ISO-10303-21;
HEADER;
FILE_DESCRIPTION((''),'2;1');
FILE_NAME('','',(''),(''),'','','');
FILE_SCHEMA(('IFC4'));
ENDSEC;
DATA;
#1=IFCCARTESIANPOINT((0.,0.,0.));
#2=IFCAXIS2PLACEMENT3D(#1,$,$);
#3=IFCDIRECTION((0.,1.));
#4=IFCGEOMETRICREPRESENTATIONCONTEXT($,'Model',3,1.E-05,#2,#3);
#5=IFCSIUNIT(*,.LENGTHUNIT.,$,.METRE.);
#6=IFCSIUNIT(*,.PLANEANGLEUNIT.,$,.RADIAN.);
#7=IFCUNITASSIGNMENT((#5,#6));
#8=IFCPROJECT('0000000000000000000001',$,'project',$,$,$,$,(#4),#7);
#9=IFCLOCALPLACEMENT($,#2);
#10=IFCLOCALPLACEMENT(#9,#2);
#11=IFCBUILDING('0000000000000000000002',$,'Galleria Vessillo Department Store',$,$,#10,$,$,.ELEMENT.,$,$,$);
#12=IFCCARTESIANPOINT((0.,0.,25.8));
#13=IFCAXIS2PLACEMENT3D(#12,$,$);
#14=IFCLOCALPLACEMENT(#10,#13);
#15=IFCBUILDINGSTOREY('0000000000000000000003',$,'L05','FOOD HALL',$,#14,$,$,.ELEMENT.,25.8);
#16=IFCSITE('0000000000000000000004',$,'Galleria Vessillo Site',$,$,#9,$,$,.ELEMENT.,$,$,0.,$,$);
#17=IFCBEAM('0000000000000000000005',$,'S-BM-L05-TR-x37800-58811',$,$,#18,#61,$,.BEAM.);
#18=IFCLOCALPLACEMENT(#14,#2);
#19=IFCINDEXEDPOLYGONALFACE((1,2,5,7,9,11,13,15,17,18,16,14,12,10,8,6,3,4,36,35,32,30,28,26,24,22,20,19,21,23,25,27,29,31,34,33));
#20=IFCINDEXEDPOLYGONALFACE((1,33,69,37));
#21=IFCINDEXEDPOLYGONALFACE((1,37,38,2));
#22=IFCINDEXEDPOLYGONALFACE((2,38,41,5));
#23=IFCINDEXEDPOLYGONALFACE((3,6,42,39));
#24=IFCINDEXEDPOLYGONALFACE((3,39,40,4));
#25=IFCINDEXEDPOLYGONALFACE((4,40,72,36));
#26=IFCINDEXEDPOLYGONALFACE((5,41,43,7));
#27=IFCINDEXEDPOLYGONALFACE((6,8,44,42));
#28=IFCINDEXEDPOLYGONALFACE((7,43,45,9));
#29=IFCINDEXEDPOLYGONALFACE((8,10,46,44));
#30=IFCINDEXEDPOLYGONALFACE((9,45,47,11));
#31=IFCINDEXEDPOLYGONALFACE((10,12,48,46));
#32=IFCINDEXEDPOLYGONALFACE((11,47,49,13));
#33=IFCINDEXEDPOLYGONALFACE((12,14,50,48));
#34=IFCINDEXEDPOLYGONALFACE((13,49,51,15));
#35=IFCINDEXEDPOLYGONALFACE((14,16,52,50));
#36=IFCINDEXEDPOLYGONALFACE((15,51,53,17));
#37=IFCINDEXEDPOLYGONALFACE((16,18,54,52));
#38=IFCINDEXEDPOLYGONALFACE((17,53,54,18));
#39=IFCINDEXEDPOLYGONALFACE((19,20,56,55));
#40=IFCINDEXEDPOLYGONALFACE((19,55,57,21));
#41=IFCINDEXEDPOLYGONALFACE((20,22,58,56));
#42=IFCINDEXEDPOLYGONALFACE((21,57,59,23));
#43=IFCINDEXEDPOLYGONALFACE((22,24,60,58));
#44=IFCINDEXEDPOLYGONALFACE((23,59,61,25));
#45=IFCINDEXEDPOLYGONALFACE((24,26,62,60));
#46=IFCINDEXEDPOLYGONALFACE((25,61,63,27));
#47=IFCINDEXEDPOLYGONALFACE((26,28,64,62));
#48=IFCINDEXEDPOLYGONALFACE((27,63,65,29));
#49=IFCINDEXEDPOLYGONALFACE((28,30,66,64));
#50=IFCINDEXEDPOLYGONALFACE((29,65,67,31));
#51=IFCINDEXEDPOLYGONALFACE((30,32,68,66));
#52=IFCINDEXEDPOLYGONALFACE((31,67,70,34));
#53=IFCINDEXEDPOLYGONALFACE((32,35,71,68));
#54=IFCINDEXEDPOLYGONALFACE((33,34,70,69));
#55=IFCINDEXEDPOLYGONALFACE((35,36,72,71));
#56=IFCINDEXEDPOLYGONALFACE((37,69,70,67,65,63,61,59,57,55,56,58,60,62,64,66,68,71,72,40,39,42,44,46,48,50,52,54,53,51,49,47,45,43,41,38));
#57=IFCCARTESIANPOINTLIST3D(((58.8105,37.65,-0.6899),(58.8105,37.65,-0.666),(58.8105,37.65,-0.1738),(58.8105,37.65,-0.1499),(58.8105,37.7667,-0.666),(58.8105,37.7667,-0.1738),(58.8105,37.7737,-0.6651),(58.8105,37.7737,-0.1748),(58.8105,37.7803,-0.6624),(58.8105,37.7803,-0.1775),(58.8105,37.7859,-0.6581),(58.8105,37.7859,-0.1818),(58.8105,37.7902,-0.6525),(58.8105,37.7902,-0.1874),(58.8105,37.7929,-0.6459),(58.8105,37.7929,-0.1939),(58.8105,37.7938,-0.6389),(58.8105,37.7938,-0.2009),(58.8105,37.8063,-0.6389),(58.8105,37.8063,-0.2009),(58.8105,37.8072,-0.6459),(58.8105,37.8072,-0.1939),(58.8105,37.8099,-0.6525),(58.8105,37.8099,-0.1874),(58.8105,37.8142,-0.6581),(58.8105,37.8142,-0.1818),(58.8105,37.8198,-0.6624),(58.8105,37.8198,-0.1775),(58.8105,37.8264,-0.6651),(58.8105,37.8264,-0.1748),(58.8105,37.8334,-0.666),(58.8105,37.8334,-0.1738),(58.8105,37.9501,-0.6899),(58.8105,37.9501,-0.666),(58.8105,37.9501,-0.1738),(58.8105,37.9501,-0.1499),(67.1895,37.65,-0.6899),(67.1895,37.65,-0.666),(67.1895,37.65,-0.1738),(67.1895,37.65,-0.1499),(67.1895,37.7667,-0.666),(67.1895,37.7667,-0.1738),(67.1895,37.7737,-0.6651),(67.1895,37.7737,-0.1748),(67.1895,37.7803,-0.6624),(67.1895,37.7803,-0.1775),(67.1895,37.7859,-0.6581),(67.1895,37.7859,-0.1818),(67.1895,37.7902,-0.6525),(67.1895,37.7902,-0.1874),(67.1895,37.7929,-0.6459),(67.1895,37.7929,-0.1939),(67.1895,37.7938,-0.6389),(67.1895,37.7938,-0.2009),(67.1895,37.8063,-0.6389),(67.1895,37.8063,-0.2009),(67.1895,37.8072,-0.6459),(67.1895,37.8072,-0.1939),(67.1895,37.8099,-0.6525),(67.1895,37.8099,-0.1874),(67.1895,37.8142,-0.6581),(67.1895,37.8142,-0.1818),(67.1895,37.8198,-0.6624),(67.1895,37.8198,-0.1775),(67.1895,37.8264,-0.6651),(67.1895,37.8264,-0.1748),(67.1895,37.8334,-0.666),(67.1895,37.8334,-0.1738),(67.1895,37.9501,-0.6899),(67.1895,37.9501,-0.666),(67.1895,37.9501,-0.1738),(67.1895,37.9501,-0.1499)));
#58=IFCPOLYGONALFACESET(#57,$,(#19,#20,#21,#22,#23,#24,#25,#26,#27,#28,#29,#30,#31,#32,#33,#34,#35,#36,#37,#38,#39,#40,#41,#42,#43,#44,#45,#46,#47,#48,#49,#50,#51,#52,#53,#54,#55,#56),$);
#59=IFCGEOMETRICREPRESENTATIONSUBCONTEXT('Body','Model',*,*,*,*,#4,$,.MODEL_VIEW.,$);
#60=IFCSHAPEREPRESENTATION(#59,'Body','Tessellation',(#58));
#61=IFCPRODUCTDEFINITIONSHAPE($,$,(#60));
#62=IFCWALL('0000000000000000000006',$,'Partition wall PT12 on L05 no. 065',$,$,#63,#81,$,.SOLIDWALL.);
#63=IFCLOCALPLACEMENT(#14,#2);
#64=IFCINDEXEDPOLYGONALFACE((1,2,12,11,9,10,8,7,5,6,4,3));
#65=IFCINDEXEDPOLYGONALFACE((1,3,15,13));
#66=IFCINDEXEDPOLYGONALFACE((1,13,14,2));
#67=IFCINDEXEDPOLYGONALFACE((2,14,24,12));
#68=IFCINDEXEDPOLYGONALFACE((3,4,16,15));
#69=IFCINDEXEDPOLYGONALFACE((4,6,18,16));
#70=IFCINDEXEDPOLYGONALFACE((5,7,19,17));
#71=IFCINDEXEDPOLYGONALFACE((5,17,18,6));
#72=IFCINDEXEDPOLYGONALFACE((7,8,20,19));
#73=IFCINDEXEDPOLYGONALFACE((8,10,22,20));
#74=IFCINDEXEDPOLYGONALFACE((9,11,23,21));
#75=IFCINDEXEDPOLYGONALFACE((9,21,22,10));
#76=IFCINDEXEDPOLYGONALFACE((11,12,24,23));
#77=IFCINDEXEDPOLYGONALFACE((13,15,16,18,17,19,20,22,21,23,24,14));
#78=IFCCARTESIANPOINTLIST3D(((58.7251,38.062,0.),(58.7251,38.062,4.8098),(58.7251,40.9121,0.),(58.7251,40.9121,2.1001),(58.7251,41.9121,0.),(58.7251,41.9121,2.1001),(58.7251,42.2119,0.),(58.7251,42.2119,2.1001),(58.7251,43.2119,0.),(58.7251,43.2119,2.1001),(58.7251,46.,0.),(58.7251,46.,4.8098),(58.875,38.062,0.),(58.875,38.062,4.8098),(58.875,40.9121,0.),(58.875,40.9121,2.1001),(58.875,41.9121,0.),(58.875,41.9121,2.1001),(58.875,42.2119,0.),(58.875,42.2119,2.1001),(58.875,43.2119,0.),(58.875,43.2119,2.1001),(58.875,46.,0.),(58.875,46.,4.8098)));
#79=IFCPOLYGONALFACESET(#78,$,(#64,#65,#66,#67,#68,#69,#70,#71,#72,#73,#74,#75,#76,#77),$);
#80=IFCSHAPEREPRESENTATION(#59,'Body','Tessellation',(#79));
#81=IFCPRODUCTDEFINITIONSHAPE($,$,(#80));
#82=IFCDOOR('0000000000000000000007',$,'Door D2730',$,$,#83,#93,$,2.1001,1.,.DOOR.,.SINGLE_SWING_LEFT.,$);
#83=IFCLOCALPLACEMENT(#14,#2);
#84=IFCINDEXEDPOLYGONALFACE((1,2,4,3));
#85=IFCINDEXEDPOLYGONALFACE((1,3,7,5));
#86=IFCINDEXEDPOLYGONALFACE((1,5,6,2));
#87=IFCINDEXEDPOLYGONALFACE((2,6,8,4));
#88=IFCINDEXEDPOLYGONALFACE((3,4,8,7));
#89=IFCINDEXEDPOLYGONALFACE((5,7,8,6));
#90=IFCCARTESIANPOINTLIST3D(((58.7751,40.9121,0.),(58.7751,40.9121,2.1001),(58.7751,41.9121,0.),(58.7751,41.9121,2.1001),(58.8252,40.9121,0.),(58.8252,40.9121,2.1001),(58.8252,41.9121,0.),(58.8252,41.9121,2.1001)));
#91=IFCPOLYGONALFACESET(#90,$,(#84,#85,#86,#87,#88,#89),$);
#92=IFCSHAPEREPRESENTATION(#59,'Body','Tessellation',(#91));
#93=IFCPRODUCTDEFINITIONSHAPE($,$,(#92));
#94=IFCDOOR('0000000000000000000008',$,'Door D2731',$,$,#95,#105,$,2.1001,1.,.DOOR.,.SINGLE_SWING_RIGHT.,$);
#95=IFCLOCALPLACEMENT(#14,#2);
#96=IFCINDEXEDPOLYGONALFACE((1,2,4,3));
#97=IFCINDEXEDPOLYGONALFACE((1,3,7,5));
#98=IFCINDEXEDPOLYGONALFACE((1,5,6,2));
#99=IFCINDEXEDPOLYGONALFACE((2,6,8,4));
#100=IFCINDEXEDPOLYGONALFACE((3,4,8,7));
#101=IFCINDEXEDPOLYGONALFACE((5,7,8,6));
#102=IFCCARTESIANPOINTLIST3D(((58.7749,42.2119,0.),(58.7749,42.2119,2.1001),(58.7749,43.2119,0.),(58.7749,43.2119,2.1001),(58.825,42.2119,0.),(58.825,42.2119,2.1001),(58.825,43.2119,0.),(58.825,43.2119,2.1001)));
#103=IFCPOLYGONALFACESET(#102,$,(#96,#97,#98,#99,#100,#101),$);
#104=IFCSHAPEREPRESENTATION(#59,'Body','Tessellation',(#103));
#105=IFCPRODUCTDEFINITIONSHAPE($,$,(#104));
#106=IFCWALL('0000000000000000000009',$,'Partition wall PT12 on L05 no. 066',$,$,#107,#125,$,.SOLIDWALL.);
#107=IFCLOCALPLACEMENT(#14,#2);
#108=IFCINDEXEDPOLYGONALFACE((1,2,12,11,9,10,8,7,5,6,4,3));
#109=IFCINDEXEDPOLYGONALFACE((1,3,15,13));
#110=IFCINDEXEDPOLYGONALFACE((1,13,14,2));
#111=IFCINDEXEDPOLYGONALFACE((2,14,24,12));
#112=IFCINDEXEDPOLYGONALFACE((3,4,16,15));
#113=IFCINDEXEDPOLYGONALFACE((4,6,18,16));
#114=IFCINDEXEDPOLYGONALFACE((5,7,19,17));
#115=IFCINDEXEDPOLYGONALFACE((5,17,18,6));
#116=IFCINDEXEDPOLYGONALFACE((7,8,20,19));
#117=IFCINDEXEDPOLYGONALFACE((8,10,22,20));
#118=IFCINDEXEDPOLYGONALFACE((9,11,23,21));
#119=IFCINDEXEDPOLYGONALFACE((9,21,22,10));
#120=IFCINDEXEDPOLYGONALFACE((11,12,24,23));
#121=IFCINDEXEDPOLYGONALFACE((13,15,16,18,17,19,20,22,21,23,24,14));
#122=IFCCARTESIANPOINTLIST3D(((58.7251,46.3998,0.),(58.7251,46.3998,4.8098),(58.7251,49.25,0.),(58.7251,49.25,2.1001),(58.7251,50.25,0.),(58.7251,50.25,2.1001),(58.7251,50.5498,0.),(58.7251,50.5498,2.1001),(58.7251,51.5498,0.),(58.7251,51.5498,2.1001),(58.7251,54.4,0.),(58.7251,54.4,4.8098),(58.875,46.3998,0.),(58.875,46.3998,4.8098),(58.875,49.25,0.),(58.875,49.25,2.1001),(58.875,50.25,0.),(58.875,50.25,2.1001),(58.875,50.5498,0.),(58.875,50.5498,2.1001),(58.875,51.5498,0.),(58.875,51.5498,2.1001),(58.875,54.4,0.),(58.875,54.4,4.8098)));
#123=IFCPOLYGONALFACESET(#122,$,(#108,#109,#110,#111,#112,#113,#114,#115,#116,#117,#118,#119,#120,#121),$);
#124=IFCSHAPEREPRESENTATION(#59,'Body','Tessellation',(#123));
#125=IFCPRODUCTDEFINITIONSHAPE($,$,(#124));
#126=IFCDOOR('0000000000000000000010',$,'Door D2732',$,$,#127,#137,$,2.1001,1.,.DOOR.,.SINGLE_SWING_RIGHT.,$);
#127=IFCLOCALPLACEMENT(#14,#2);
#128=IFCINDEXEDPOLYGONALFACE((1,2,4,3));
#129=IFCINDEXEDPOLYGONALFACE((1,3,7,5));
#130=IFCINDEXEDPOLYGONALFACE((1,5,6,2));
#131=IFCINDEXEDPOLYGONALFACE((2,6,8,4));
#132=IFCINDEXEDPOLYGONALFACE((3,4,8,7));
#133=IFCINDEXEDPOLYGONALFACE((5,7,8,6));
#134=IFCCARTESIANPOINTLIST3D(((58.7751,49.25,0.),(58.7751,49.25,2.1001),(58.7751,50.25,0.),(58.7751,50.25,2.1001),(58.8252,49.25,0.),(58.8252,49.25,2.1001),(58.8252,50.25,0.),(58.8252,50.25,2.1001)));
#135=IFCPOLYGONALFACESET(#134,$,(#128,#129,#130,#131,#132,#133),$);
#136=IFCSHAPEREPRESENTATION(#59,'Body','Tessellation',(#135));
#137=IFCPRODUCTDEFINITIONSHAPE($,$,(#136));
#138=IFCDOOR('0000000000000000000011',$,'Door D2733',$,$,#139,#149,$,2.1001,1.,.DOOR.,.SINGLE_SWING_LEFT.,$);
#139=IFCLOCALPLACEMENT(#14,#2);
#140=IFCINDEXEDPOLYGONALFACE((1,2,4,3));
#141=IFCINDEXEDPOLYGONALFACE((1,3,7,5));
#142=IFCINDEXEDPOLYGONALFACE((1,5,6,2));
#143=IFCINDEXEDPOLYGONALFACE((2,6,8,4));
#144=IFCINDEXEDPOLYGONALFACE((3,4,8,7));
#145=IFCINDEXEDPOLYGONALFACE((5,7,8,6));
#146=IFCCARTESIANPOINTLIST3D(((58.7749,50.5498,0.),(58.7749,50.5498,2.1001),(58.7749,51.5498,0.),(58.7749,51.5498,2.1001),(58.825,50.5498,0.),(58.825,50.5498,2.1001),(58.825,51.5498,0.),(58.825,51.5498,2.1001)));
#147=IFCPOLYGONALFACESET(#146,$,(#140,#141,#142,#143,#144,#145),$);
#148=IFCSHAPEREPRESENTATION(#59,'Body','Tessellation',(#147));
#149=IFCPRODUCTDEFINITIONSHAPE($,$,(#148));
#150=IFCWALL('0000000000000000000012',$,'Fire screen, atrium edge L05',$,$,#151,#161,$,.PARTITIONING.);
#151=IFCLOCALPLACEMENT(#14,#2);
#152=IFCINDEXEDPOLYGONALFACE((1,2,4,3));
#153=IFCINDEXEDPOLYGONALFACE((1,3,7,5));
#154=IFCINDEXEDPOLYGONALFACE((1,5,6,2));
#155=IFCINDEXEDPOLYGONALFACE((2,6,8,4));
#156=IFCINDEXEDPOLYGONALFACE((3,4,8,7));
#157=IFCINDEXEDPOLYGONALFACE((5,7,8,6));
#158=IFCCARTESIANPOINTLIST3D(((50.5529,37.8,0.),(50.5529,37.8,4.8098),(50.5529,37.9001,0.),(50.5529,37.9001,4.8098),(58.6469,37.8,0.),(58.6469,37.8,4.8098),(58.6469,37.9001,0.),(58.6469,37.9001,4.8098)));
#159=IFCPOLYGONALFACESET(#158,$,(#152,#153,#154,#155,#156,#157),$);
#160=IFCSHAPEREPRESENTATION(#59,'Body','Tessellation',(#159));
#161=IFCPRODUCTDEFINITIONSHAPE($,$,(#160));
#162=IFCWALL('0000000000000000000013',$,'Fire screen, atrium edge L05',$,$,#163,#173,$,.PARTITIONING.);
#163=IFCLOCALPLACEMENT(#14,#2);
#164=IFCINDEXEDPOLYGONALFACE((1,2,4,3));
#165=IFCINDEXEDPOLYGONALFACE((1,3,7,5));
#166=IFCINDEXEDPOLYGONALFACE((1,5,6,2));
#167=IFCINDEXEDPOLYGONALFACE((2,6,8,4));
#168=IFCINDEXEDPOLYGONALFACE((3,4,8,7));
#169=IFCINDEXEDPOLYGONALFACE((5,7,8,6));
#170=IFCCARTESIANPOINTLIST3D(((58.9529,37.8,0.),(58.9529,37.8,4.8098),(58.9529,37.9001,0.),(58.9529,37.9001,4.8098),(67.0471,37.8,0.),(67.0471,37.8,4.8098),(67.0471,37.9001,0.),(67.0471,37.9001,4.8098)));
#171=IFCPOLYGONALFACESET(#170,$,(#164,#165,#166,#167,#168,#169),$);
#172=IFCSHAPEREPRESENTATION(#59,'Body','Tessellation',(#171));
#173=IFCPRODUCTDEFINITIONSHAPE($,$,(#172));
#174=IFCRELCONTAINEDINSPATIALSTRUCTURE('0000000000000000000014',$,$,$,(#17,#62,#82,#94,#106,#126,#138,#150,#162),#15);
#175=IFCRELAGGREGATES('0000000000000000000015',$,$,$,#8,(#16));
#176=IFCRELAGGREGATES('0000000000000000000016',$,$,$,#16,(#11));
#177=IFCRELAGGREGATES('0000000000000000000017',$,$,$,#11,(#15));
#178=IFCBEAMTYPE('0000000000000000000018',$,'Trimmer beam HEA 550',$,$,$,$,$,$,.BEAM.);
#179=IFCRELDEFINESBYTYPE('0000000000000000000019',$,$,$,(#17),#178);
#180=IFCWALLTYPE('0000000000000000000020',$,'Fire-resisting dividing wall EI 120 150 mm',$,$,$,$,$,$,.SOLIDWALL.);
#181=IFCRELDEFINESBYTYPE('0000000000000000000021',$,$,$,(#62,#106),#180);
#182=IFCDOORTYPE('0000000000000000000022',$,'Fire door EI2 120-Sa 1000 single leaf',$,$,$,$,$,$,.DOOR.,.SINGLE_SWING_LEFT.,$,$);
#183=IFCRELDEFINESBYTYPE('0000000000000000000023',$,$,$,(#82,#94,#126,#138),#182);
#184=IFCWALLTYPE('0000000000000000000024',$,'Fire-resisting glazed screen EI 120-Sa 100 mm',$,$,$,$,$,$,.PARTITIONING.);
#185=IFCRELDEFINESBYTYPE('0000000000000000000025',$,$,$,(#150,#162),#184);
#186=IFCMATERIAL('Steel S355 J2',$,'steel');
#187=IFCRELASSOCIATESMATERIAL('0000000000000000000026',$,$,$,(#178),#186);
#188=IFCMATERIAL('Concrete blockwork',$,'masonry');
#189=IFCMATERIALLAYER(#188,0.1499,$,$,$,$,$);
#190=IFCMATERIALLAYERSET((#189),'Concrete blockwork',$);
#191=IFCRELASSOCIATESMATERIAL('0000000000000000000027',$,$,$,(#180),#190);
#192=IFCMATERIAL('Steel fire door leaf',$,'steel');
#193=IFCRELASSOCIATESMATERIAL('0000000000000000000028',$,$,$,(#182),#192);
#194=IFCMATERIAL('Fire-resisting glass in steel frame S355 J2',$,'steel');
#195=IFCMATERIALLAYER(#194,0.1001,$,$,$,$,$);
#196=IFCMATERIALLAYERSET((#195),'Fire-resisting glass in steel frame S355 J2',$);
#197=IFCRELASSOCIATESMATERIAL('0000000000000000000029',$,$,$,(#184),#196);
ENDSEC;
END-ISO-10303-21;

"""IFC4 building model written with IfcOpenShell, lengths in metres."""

from ifc_helpers import new_model, si_unit, direction, frame, frame_2d, origin, origin_2d, place, context, subcontext, project, spatial, rectangle, i_section, extrude, material, layer, layer_set, material_profile, profile_set, type_object, element, fill, save


model = new_model("IFC4")

# Units and contexts
model_context = context("Model", 3, precision=1e-05, world=origin(), true_north=direction((0.0, 1.0)))
body_context = subcontext(model_context, "Body", "Model", "MODEL_VIEW")
ifc_project = project(units=[si_unit("LENGTHUNIT", "METRE"), si_unit("PLANEANGLEUNIT", "RADIAN")], contexts=[model_context])

# Site, building, storey
site_placement = place(None, origin())
site = spatial("IfcSite", under=ifc_project, at=site_placement, Name="Galleria Vessillo Site", CompositionType="ELEMENT", RefElevation=0.0)
building_placement = place(site_placement, origin())
building = spatial("IfcBuilding", under=site, at=building_placement, Name="Galleria Vessillo Department Store", CompositionType="ELEMENT")
storey_placement = place(building_placement, frame((0.0, 0.0, 25.8)))
storey = spatial("IfcBuildingStorey", under=building, at=storey_placement, Name="L05", Description="FOOD HALL", CompositionType="ELEMENT", Elevation=25.8)

# Beam
ifc_material_1 = material(Name="Steel S355 J2", Category="steel")
ifc_material_profile_1 = material_profile(ifc_material_1, i_section(OverallWidth=0.3, OverallDepth=0.54, WebThickness=0.0125, FlangeThickness=0.0239, FilletRadius=0.0271, at=origin_2d()), Name="HEA 550")
ifc_profile_set_1 = profile_set([ifc_material_profile_1], Name="Steel S355 J2")
beam_type_1 = type_object("IfcBeamType", Name="Trimmer beam HEA 550", PredefinedType="BEAM", material=ifc_profile_set_1)
beam_1_placement = place(storey_placement, frame((58.8105, 37.8, -0.4199), z_axis=(1.0, 0.0, 0.0), x_axis=(0.0, 1.0, 0.0)))
element("IfcBeam", 1, at=beam_1_placement, inside=storey, type_object=beam_type_1, Name="S-BM-L05-TR-x37800-58811", PredefinedType="BEAM", context=body_context, shape_type="SweptSolid", body=[
    extrude(i_section(OverallWidth=0.3, OverallDepth=0.54, WebThickness=0.0125, FlangeThickness=0.0239, FilletRadius=0.0271, at=origin_2d()), origin(), (0.0, 0.0, 1.0), 8.3789),
])

# Walls, openings, doors
ifc_material_2 = material(Name="Concrete blockwork", Category="masonry")
ifc_layer_1 = layer(ifc_material_2, 0.1499)
ifc_layer_set_1 = layer_set([ifc_layer_1], Name="Concrete blockwork")
wall_type_1 = type_object("IfcWallType", Name="Fire-resisting dividing wall EI 120 150 mm", PredefinedType="SOLIDWALL", material=ifc_layer_set_1)
wall_1_placement = place(storey_placement, frame((58.8, 38.062, 0.0), z_axis=(0.0, 0.0, 1.0), x_axis=(0.0, 1.0, 0.0)))
wall_1 = element("IfcWall", 2, at=wall_1_placement, inside=storey, type_object=wall_type_1, Name="Partition wall PT12 on L05 no. 065", PredefinedType="SOLIDWALL", context=body_context, shape_type="SweptSolid", body=[
    extrude(rectangle(XDim=7.938, YDim=0.1499, at=frame_2d((3.969, 0.0))), origin(), (0.0, 0.0, 1.0), 4.8098),
])
opening_1_placement = place(wall_1_placement, frame((2.8501, 0.0, 0.0)))
opening_1 = element("IfcOpeningElement", 3, at=opening_1_placement, cuts=wall_1, PredefinedType="OPENING", context=body_context, shape_type="SweptSolid", body=[
    extrude(rectangle(XDim=1.0, YDim=2.1001, at=frame_2d((0.5, 1.05))), frame((0.0, 0.085, 0.0), z_axis=(0.0, -1.0, 0.0), x_axis=(1.0, 0.0, 0.0)), (0.0, 0.0, 1.0), 0.1699),
])
opening_2_placement = place(wall_1_placement, frame((4.1499, 0.0, 0.0)))
opening_2 = element("IfcOpeningElement", 4, at=opening_2_placement, cuts=wall_1, PredefinedType="OPENING", context=body_context, shape_type="SweptSolid", body=[
    extrude(rectangle(XDim=1.0, YDim=2.1001, at=frame_2d((0.5, 1.05))), frame((0.0, 0.085, 0.0), z_axis=(0.0, -1.0, 0.0), x_axis=(1.0, 0.0, 0.0)), (0.0, 0.0, 1.0), 0.1699),
])
ifc_material_3 = material(Name="Steel fire door leaf", Category="steel")
door_type = type_object("IfcDoorType", Name="Fire door EI2 120-Sa 1000 single leaf", OperationType="SINGLE_SWING_LEFT", PredefinedType="DOOR", material=ifc_material_3)
door_1_placement = place(opening_1_placement, origin())
door_1 = element("IfcDoor", 5, at=door_1_placement, inside=storey, type_object=door_type, Name="Door D2730", OperationType="SINGLE_SWING_LEFT", OverallHeight=2.1001, OverallWidth=1.0, PredefinedType="DOOR", context=body_context, shape_type="SweptSolid", body=[
    extrude(rectangle(XDim=1.0, YDim=2.1001, at=frame_2d((0.5, 1.05))), frame((0.0, 0.0249, 0.0), z_axis=(0.0, -1.0, 0.0), x_axis=(1.0, 0.0, 0.0)), (0.0, 0.0, 1.0), 0.05),
])
fill(opening_1, door_1)
door_2_placement = place(opening_2_placement, frame((1.0, 0.0, 0.0), z_axis=(0.0, 0.0, 1.0), x_axis=(-1.0, 0.0, 0.0)))
door_2 = element("IfcDoor", 6, at=door_2_placement, inside=storey, type_object=door_type, Name="Door D2731", OperationType="SINGLE_SWING_RIGHT", OverallHeight=2.1001, OverallWidth=1.0, PredefinedType="DOOR", context=body_context, shape_type="SweptSolid", body=[
    extrude(rectangle(XDim=1.0, YDim=2.1001, at=frame_2d((0.5, 1.05))), frame((0.0, 0.0249, 0.0), z_axis=(0.0, -1.0, 0.0), x_axis=(1.0, 0.0, 0.0)), (0.0, 0.0, 1.0), 0.05),
])
fill(opening_2, door_2)
wall_2_placement = place(storey_placement, frame((58.8, 46.3999, 0.0), z_axis=(0.0, 0.0, 1.0), x_axis=(0.0, 1.0, 0.0)))
wall_2 = element("IfcWall", 7, at=wall_2_placement, inside=storey, type_object=wall_type_1, Name="Partition wall PT12 on L05 no. 066", PredefinedType="SOLIDWALL", context=body_context, shape_type="SweptSolid", body=[
    extrude(rectangle(XDim=8.0002, YDim=0.1499, at=frame_2d((4.0, 0.0))), origin(), (0.0, 0.0, 1.0), 4.8098),
])
opening_3_placement = place(wall_2_placement, frame((2.8501, 0.0, 0.0)))
opening_3 = element("IfcOpeningElement", 8, at=opening_3_placement, cuts=wall_2, PredefinedType="OPENING", context=body_context, shape_type="SweptSolid", body=[
    extrude(rectangle(XDim=1.0, YDim=2.1001, at=frame_2d((0.5, 1.05))), frame((0.0, 0.085, 0.0), z_axis=(0.0, -1.0, 0.0), x_axis=(1.0, 0.0, 0.0)), (0.0, 0.0, 1.0), 0.1699),
])
opening_4_placement = place(wall_2_placement, frame((4.1499, 0.0, 0.0)))
opening_4 = element("IfcOpeningElement", 9, at=opening_4_placement, cuts=wall_2, PredefinedType="OPENING", context=body_context, shape_type="SweptSolid", body=[
    extrude(rectangle(XDim=1.0, YDim=2.1001, at=frame_2d((0.5, 1.05))), frame((0.0, 0.085, 0.0), z_axis=(0.0, -1.0, 0.0), x_axis=(1.0, 0.0, 0.0)), (0.0, 0.0, 1.0), 0.1699),
])
door_3_placement = place(opening_3_placement, origin())
door_3 = element("IfcDoor", 10, at=door_3_placement, inside=storey, type_object=door_type, Name="Door D2732", OperationType="SINGLE_SWING_RIGHT", OverallHeight=2.1001, OverallWidth=1.0, PredefinedType="DOOR", context=body_context, shape_type="SweptSolid", body=[
    extrude(rectangle(XDim=1.0, YDim=2.1001, at=frame_2d((0.5, 1.05))), frame((0.0, 0.0249, 0.0), z_axis=(0.0, -1.0, 0.0), x_axis=(1.0, 0.0, 0.0)), (0.0, 0.0, 1.0), 0.05),
])
fill(opening_3, door_3)
door_4_placement = place(opening_4_placement, frame((1.0, 0.0, 0.0), z_axis=(0.0, 0.0, 1.0), x_axis=(-1.0, 0.0, 0.0)))
door_4 = element("IfcDoor", 11, at=door_4_placement, inside=storey, type_object=door_type, Name="Door D2733", OperationType="SINGLE_SWING_LEFT", OverallHeight=2.1001, OverallWidth=1.0, PredefinedType="DOOR", context=body_context, shape_type="SweptSolid", body=[
    extrude(rectangle(XDim=1.0, YDim=2.1001, at=frame_2d((0.5, 1.05))), frame((0.0, 0.0249, 0.0), z_axis=(0.0, -1.0, 0.0), x_axis=(1.0, 0.0, 0.0)), (0.0, 0.0, 1.0), 0.05),
])
fill(opening_4, door_4)

# Walls
ifc_material_4 = material(Name="Fire-resisting glass in steel frame S355 J2", Category="steel")
ifc_layer_2 = layer(ifc_material_4, 0.1001)
ifc_layer_set_2 = layer_set([ifc_layer_2], Name="Fire-resisting glass in steel frame S355 J2")
wall_type_2 = type_object("IfcWallType", Name="Fire-resisting glazed screen EI 120-Sa 100 mm", PredefinedType="PARTITIONING", material=ifc_layer_set_2)
wall_3_placement = place(storey_placement, frame((50.553, 37.8501, 0.0), z_axis=(0.0, 0.0, 1.0), x_axis=(1.0, 0.0, 0.0)))
element("IfcWall", 12, at=wall_3_placement, inside=storey, type_object=wall_type_2, Name="Fire screen, atrium edge L05", PredefinedType="PARTITIONING", context=body_context, shape_type="SweptSolid", body=[
    extrude(rectangle(XDim=8.094, YDim=0.1001, at=frame_2d((4.0469, 0.0))), origin(), (0.0, 0.0, 1.0), 4.8098),
])
wall_4_placement = place(storey_placement, frame((58.9529, 37.8501, 0.0), z_axis=(0.0, 0.0, 1.0), x_axis=(1.0, 0.0, 0.0)))
element("IfcWall", 13, at=wall_4_placement, inside=storey, type_object=wall_type_2, Name="Fire screen, atrium edge L05", PredefinedType="PARTITIONING", context=body_context, shape_type="SweptSolid", body=[
    extrude(rectangle(XDim=8.0942, YDim=0.1001, at=frame_2d((4.0471, 0.0))), origin(), (0.0, 0.0, 1.0), 4.8098),
])

save(model, "model.ifc")
